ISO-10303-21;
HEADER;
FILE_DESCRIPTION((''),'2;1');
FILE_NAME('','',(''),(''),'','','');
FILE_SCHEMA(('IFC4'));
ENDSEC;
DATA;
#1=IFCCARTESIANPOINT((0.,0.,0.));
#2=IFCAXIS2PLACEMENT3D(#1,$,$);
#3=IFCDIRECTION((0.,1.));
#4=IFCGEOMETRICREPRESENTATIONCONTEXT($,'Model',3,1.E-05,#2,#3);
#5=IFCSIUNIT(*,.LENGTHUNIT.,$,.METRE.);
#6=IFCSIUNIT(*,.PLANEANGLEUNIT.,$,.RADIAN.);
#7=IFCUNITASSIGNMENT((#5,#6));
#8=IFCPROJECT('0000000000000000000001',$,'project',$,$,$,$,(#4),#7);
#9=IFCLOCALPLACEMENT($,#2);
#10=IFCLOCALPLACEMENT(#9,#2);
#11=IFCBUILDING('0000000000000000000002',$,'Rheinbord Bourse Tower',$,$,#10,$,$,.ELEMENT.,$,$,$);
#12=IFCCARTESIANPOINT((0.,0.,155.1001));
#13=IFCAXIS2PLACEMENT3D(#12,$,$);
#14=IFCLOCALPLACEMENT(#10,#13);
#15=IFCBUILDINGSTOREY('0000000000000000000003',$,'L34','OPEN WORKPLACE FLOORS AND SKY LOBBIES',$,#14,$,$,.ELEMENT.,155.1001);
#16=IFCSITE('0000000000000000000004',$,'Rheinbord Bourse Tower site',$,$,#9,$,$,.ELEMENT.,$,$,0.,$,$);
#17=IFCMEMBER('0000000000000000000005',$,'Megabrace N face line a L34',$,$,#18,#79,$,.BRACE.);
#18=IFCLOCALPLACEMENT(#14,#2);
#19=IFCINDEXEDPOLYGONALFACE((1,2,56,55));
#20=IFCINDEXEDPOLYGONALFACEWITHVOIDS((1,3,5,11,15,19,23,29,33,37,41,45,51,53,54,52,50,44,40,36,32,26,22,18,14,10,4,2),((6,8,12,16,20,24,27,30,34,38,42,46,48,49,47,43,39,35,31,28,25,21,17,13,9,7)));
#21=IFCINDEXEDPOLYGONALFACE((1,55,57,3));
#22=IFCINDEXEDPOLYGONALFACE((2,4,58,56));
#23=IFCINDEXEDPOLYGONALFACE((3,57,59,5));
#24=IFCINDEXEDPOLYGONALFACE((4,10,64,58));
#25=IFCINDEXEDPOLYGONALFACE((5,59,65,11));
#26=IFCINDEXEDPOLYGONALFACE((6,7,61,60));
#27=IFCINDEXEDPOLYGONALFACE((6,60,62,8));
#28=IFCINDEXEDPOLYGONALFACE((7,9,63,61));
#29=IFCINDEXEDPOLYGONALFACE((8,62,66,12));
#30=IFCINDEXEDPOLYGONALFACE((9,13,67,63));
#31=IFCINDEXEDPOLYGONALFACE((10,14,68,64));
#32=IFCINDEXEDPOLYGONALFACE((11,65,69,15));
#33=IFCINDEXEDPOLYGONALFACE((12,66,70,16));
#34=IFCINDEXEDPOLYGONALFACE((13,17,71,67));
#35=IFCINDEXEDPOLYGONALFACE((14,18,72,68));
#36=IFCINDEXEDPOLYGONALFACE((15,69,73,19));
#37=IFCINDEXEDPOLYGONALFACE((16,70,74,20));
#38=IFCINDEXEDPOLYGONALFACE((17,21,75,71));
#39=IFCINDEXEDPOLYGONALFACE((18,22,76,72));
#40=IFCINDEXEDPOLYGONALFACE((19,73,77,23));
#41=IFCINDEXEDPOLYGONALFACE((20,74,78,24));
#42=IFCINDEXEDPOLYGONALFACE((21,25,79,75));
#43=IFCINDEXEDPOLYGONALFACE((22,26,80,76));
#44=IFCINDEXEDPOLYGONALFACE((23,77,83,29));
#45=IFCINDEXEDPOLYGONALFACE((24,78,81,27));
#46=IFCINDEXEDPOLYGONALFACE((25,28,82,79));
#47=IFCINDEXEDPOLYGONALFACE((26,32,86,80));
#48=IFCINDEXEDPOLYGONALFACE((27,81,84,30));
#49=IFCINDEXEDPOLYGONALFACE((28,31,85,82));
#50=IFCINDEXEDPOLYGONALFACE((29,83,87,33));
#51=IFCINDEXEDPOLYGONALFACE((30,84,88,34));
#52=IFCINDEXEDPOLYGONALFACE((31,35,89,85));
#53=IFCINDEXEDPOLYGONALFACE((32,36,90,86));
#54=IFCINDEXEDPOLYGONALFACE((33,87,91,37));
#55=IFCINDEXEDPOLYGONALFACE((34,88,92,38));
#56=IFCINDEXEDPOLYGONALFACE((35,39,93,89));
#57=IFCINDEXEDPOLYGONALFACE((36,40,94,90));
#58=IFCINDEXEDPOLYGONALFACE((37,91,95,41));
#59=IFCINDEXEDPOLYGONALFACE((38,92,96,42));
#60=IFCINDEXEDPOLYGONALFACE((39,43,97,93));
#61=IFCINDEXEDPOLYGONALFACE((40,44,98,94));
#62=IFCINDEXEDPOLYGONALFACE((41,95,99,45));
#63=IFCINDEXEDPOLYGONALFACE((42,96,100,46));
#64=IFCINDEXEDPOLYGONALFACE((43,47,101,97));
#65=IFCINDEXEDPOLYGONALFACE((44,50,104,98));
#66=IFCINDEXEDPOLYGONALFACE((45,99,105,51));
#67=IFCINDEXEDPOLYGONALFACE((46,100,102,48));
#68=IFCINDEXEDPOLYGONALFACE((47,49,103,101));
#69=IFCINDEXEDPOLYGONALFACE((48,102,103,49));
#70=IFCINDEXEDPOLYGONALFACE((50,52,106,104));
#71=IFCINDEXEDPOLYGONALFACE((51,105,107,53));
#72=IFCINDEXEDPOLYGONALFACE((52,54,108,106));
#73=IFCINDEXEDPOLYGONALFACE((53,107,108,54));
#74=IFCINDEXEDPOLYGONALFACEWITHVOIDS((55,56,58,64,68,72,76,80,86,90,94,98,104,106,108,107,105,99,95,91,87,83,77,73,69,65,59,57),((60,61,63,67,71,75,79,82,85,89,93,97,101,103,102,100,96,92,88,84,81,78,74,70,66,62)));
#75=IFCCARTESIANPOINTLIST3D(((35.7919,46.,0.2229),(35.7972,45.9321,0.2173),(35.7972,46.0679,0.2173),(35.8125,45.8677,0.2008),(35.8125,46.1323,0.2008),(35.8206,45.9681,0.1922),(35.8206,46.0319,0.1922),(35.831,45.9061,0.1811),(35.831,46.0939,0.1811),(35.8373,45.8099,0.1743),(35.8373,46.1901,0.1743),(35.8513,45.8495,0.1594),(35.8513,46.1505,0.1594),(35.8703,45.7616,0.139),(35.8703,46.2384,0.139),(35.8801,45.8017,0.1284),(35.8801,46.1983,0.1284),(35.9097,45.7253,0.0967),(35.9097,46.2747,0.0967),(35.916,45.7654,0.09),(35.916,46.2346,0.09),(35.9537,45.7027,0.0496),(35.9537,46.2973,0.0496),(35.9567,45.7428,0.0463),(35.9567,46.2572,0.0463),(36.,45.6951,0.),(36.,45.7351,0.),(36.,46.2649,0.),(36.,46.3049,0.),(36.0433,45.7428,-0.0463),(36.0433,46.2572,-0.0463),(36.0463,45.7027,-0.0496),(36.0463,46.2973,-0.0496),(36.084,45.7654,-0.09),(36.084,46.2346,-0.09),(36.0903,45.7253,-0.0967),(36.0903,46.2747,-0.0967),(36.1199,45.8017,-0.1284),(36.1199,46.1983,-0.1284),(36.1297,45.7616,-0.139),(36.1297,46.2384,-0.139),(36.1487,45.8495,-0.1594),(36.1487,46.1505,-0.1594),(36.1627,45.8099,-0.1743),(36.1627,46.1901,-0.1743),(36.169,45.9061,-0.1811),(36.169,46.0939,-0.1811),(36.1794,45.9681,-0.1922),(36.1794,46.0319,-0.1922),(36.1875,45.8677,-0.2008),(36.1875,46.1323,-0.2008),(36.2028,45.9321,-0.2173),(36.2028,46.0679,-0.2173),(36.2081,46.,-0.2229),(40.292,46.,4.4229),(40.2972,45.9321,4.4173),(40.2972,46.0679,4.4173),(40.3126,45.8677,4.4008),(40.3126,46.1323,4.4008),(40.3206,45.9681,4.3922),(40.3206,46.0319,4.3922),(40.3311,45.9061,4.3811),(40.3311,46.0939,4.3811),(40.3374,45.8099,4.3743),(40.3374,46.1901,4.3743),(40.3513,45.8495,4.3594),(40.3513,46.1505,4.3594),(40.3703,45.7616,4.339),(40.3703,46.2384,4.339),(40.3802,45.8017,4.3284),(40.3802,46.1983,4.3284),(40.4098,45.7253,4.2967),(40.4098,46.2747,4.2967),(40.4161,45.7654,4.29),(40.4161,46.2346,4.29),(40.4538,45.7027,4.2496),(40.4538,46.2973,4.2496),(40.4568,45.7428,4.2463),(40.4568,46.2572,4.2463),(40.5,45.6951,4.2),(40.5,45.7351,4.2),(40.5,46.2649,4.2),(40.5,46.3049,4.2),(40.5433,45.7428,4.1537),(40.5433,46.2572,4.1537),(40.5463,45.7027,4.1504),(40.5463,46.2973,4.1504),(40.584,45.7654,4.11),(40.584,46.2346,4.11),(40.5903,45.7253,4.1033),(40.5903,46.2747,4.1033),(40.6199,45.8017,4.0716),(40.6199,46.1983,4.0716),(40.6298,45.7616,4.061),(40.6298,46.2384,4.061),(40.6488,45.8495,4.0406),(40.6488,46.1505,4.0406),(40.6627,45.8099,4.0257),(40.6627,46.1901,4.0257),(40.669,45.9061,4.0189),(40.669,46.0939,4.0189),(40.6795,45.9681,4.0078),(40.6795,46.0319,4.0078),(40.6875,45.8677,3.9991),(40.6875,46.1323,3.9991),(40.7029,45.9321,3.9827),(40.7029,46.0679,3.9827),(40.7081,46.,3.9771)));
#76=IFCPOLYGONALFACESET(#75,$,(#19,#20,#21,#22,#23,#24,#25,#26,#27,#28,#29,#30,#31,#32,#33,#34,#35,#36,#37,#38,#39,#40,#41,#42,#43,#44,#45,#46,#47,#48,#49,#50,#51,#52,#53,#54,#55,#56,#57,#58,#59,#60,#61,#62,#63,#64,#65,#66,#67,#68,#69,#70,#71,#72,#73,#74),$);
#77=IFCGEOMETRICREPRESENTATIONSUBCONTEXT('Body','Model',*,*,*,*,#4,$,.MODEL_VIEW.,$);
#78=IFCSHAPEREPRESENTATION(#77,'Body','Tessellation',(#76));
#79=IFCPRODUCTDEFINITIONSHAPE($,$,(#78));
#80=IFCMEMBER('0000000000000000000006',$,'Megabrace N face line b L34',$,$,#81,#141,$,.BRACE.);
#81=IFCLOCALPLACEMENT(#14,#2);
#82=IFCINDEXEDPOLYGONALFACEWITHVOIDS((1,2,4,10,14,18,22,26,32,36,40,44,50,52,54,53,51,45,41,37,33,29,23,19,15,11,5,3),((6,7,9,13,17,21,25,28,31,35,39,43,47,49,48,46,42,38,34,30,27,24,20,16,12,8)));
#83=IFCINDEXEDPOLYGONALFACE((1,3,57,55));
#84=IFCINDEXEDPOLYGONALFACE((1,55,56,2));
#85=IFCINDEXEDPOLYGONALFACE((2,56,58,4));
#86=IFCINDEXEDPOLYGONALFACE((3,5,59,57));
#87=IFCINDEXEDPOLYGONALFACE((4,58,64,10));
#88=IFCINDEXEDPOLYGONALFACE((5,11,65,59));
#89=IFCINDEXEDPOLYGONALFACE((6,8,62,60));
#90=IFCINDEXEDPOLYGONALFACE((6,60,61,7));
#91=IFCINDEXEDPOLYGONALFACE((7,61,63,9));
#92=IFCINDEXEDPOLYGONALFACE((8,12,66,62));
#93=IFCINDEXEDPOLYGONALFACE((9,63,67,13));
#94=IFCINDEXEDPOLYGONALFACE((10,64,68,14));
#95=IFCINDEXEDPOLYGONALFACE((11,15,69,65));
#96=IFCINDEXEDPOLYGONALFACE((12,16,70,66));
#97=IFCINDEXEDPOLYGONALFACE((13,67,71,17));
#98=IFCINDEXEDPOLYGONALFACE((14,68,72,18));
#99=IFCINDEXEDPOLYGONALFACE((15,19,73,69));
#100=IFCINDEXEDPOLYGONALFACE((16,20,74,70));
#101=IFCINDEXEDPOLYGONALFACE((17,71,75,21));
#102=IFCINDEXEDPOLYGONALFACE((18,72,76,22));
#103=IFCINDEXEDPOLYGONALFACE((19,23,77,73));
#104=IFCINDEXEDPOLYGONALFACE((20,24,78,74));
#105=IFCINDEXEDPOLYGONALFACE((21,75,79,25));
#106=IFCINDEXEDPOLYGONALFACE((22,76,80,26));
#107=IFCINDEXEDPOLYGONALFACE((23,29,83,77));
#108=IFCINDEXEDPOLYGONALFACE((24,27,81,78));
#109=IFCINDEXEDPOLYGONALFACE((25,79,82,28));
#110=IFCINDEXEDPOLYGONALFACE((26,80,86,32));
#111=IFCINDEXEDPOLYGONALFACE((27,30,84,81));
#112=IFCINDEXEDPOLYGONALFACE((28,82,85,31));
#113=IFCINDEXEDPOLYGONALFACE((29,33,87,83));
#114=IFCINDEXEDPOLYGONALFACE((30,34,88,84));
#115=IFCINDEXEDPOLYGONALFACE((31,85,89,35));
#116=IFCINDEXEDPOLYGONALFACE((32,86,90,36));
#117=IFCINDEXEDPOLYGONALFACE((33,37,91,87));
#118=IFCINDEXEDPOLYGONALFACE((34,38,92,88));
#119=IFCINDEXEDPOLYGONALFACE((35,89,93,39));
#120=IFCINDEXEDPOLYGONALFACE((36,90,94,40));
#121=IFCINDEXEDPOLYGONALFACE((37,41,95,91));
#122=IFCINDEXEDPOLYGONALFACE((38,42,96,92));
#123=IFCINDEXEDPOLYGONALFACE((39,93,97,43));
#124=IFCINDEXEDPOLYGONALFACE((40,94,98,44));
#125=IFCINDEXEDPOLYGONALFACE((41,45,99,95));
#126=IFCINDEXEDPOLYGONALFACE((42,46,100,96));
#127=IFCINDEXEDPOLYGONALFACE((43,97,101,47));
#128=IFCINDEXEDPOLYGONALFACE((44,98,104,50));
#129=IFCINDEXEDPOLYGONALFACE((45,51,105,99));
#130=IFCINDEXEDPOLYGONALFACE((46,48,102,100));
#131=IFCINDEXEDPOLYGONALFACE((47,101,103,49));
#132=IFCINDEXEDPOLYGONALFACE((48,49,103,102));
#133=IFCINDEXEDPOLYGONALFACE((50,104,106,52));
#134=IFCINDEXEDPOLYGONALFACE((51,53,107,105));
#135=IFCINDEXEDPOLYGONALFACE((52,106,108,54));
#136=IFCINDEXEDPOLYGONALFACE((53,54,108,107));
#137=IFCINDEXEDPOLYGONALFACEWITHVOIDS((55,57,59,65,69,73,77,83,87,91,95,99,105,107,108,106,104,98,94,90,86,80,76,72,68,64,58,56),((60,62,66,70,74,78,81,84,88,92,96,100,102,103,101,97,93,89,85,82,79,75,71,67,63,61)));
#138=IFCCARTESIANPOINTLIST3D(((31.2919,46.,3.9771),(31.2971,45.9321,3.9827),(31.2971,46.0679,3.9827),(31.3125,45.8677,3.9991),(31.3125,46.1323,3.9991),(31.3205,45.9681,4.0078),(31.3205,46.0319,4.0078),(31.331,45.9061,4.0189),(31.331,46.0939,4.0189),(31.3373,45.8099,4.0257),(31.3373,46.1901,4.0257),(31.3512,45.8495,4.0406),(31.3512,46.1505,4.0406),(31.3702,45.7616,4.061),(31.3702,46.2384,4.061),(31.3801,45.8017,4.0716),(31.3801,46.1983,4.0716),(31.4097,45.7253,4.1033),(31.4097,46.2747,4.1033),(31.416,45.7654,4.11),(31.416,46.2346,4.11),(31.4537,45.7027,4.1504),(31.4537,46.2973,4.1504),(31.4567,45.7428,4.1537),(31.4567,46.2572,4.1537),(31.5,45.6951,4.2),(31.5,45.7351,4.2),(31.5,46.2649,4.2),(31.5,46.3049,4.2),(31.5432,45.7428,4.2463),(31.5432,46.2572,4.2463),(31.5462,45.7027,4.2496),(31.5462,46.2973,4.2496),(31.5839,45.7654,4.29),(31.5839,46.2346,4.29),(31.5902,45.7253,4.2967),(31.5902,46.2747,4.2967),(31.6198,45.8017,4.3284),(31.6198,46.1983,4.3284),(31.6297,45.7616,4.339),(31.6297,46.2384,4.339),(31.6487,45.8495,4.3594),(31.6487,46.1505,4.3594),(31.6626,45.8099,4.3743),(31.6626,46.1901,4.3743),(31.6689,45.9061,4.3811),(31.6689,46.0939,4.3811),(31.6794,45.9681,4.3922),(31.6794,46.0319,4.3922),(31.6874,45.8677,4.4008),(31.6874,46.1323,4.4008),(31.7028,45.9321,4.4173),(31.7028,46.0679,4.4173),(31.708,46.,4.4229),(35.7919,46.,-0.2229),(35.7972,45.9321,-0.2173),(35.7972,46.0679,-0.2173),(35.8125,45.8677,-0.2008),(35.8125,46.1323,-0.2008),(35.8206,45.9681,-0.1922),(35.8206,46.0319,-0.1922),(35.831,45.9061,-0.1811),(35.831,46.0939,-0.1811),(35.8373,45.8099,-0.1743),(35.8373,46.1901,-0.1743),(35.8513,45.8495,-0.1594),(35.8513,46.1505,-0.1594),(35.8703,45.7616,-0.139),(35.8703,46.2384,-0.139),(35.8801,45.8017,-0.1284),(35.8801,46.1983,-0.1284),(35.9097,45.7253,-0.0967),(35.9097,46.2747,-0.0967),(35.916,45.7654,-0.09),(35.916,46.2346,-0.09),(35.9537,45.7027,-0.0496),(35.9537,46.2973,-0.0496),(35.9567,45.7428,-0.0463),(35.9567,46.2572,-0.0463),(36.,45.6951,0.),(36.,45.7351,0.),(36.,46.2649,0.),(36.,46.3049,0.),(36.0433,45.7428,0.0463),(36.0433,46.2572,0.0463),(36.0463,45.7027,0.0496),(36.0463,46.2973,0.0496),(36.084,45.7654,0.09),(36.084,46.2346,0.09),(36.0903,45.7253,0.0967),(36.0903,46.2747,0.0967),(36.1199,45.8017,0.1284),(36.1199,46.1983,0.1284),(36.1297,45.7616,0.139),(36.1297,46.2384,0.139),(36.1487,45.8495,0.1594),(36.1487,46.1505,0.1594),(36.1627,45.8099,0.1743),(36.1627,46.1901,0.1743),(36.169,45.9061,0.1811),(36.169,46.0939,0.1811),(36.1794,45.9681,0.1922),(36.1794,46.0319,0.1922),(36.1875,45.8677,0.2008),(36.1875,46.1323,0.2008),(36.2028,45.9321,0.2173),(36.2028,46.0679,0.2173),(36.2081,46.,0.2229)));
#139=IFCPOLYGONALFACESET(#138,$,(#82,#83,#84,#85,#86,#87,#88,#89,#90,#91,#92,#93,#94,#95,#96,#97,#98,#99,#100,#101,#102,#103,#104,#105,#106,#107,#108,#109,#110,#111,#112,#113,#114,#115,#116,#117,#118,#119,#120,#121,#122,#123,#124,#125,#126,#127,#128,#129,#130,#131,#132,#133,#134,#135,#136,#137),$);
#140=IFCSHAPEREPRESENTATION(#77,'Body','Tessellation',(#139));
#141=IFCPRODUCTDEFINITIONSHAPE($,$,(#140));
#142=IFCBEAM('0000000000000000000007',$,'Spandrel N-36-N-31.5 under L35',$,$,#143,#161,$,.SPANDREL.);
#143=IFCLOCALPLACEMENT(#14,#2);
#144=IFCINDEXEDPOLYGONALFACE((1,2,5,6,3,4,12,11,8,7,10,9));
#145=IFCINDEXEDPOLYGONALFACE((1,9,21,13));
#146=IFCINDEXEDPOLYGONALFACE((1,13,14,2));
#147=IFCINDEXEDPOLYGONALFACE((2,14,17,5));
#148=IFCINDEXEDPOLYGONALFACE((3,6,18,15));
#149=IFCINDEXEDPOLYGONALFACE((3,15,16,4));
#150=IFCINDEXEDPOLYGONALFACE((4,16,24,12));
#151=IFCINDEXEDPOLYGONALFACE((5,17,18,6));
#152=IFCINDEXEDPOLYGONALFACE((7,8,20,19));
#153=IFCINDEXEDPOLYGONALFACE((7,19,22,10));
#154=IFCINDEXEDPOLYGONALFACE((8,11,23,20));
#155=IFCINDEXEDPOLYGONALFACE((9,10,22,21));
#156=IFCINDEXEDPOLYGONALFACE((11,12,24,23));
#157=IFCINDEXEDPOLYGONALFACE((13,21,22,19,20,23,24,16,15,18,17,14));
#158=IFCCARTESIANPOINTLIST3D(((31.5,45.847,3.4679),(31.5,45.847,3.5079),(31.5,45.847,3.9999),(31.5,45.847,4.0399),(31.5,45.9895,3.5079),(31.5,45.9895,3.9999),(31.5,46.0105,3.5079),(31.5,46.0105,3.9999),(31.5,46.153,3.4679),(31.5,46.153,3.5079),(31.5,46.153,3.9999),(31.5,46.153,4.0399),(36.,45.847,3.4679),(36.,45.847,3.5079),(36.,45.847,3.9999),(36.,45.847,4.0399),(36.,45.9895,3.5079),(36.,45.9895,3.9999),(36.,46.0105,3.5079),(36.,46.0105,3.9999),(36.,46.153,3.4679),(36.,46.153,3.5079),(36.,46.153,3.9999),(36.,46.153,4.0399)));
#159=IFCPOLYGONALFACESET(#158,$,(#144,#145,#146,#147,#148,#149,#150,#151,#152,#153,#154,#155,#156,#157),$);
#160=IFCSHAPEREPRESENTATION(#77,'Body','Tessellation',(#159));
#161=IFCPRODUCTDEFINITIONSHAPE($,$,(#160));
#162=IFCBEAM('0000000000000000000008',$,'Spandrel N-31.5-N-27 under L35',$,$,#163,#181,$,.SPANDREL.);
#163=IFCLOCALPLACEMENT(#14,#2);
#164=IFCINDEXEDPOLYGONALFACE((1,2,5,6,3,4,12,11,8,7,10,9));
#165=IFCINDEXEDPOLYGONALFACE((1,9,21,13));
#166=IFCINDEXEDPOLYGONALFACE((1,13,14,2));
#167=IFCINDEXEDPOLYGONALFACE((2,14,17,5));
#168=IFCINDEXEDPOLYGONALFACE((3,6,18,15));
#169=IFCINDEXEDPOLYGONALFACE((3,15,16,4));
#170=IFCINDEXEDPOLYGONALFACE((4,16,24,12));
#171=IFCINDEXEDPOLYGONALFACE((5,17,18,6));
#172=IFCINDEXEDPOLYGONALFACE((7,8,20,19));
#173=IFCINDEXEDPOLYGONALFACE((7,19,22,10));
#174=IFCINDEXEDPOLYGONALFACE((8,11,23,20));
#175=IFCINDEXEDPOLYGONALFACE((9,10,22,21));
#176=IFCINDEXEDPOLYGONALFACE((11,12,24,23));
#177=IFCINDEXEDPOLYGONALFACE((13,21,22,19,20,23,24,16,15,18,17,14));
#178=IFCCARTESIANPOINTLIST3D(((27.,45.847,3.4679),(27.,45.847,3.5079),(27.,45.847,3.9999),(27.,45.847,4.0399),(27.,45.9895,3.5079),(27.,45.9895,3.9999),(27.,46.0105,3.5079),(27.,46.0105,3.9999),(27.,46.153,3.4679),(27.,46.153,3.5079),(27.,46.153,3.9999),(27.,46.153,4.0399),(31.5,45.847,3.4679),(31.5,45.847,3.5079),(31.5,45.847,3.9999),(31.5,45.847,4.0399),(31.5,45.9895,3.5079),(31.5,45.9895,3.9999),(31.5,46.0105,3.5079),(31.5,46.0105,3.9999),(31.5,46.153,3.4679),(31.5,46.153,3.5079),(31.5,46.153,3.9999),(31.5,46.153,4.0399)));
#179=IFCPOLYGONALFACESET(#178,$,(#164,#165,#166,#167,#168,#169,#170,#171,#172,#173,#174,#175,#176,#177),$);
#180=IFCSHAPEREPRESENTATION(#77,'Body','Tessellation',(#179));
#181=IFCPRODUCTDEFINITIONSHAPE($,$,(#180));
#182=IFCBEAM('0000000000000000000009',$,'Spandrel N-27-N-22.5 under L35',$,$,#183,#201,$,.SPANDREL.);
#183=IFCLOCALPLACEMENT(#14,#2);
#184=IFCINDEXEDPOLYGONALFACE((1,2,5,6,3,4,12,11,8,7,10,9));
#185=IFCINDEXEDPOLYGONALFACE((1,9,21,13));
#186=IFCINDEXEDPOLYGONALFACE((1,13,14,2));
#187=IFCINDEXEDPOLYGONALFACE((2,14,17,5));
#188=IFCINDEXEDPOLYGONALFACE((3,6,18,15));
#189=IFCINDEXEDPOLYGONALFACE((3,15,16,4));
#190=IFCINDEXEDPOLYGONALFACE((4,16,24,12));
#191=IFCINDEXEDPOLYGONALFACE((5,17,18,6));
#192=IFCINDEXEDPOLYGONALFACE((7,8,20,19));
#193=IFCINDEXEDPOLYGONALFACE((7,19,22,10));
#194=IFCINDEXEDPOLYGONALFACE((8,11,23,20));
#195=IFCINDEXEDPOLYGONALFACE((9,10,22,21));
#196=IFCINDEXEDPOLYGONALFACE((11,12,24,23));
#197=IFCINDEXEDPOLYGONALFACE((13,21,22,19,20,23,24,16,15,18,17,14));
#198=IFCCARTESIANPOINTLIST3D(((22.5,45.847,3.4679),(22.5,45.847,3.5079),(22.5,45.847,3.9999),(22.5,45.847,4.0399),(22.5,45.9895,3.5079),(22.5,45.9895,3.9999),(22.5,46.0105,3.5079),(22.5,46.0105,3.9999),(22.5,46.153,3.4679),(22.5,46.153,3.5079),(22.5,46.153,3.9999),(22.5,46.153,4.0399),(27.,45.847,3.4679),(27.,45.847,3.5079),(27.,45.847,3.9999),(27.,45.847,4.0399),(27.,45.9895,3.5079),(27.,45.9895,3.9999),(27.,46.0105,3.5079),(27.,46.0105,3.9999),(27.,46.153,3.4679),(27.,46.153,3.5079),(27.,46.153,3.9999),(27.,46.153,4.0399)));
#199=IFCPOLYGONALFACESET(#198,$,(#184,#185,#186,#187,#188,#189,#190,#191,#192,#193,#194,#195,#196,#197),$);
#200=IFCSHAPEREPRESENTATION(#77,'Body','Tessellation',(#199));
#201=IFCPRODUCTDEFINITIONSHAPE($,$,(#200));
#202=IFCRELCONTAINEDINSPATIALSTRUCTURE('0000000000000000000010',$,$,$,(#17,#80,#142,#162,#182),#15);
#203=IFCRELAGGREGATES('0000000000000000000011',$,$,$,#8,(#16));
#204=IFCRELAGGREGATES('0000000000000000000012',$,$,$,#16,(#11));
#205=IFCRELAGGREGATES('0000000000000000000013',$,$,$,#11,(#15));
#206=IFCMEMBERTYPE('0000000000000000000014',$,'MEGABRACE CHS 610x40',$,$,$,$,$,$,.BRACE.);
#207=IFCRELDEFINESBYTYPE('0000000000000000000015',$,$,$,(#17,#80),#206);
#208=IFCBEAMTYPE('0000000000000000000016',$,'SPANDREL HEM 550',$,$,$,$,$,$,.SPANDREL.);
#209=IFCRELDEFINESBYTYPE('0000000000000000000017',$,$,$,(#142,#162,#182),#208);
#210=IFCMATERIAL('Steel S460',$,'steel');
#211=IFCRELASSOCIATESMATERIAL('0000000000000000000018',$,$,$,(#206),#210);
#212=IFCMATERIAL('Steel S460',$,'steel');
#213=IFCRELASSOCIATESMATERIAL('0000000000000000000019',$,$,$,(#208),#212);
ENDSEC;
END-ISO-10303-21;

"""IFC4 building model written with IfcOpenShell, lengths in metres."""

from ifc_helpers import new_model, si_unit, direction, frame, origin, origin_2d, place, context, subcontext, project, spatial, hollow_circle, i_section, extrude, material, material_profile, profile_set, type_object, element, save


model = new_model("IFC4")

# Units and contexts
model_context = context("Model", 3, precision=1e-05, world=origin(), true_north=direction((0.0, 1.0)))
body_context = subcontext(model_context, "Body", "Model", "MODEL_VIEW")
ifc_project = project(units=[si_unit("LENGTHUNIT", "METRE"), si_unit("PLANEANGLEUNIT", "RADIAN")], contexts=[model_context])

# Site, building, storey
site_placement = place(None, origin())
site = spatial("IfcSite", under=ifc_project, at=site_placement, Name="Rheinbord Bourse Tower site", CompositionType="ELEMENT", RefElevation=0.0)
building_placement = place(site_placement, origin())
building = spatial("IfcBuilding", under=site, at=building_placement, Name="Rheinbord Bourse Tower", CompositionType="ELEMENT")
storey_placement = place(building_placement, frame((0.0, 0.0, 155.1001)))
storey = spatial("IfcBuildingStorey", under=building, at=storey_placement, Name="L34", Description="OPEN WORKPLACE FLOORS AND SKY LOBBIES", CompositionType="ELEMENT", Elevation=155.1001)

# Members
ifc_material_1 = material(Name="Steel S460", Category="steel")
ifc_material_profile_1 = material_profile(ifc_material_1, hollow_circle(Radius=0.3049, WallThickness=0.04, at=origin_2d()), Name="CHS 610x40")
ifc_profile_set_1 = profile_set([ifc_material_profile_1], Name="Steel S460")
member_type_1 = type_object("IfcMemberType", Name="MEGABRACE CHS 610x40", PredefinedType="BRACE", material=ifc_profile_set_1)
for number, where, z_axis, x_axis, name in (
    (1, (36.0, 46.0, 0.0), (0.731059, 0.0, 0.682314), (0.0, 1.0, 0.0), "Megabrace N face line a L34"),
    (2, (36.0, 46.0, 0.0), (-0.731059, 0.0, 0.682314), (0.0, -1.0, 0.0), "Megabrace N face line b L34"),
):
    element("IfcMember", number, at=place(storey_placement, frame(where, z_axis=z_axis, x_axis=x_axis)), inside=storey, type_object=member_type_1, Name=name, PredefinedType="BRACE", context=body_context, shape_type="SweptSolid", body=[
        extrude(hollow_circle(Radius=0.3049, WallThickness=0.04, at=origin_2d()), origin(), (0.0, 0.0, 1.0), 6.1555),
    ])

# Beams
ifc_material_2 = material(Name="Steel S460", Category="steel")
ifc_material_profile_2 = material_profile(ifc_material_2, i_section(OverallWidth=0.3059, OverallDepth=0.572, WebThickness=0.021, FlangeThickness=0.04, at=origin_2d()), Name="HEM 550")
ifc_profile_set_2 = profile_set([ifc_material_profile_2], Name="Steel S460")
beam_type_1 = type_object("IfcBeamType", Name="SPANDREL HEM 550", PredefinedType="SPANDREL", material=ifc_profile_set_2)
for number, where, z_axis, x_axis, name in (
    (3, (36.0, 46.0, 3.7539), (-1.0, 0.0, 0.0), (0.0, -1.0, 0.0), "Spandrel N-36-N-31.5 under L35"),
    (4, (31.5, 46.0, 3.7539), (-1.0, 0.0, 0.0), (0.0, -1.0, 0.0), "Spandrel N-31.5-N-27 under L35"),
    (5, (27.0, 46.0, 3.7539), (-1.0, 0.0, 0.0), (0.0, -1.0, 0.0), "Spandrel N-27-N-22.5 under L35"),
):
    element("IfcBeam", number, at=place(storey_placement, frame(where, z_axis=z_axis, x_axis=x_axis)), inside=storey, type_object=beam_type_1, Name=name, PredefinedType="SPANDREL", context=body_context, shape_type="SweptSolid", body=[
        extrude(i_section(OverallWidth=0.3059, OverallDepth=0.572, WebThickness=0.021, FlangeThickness=0.04, at=origin_2d()), origin(), (0.0, 0.0, 1.0), 4.5),
    ])

save(model, "model.ifc")
